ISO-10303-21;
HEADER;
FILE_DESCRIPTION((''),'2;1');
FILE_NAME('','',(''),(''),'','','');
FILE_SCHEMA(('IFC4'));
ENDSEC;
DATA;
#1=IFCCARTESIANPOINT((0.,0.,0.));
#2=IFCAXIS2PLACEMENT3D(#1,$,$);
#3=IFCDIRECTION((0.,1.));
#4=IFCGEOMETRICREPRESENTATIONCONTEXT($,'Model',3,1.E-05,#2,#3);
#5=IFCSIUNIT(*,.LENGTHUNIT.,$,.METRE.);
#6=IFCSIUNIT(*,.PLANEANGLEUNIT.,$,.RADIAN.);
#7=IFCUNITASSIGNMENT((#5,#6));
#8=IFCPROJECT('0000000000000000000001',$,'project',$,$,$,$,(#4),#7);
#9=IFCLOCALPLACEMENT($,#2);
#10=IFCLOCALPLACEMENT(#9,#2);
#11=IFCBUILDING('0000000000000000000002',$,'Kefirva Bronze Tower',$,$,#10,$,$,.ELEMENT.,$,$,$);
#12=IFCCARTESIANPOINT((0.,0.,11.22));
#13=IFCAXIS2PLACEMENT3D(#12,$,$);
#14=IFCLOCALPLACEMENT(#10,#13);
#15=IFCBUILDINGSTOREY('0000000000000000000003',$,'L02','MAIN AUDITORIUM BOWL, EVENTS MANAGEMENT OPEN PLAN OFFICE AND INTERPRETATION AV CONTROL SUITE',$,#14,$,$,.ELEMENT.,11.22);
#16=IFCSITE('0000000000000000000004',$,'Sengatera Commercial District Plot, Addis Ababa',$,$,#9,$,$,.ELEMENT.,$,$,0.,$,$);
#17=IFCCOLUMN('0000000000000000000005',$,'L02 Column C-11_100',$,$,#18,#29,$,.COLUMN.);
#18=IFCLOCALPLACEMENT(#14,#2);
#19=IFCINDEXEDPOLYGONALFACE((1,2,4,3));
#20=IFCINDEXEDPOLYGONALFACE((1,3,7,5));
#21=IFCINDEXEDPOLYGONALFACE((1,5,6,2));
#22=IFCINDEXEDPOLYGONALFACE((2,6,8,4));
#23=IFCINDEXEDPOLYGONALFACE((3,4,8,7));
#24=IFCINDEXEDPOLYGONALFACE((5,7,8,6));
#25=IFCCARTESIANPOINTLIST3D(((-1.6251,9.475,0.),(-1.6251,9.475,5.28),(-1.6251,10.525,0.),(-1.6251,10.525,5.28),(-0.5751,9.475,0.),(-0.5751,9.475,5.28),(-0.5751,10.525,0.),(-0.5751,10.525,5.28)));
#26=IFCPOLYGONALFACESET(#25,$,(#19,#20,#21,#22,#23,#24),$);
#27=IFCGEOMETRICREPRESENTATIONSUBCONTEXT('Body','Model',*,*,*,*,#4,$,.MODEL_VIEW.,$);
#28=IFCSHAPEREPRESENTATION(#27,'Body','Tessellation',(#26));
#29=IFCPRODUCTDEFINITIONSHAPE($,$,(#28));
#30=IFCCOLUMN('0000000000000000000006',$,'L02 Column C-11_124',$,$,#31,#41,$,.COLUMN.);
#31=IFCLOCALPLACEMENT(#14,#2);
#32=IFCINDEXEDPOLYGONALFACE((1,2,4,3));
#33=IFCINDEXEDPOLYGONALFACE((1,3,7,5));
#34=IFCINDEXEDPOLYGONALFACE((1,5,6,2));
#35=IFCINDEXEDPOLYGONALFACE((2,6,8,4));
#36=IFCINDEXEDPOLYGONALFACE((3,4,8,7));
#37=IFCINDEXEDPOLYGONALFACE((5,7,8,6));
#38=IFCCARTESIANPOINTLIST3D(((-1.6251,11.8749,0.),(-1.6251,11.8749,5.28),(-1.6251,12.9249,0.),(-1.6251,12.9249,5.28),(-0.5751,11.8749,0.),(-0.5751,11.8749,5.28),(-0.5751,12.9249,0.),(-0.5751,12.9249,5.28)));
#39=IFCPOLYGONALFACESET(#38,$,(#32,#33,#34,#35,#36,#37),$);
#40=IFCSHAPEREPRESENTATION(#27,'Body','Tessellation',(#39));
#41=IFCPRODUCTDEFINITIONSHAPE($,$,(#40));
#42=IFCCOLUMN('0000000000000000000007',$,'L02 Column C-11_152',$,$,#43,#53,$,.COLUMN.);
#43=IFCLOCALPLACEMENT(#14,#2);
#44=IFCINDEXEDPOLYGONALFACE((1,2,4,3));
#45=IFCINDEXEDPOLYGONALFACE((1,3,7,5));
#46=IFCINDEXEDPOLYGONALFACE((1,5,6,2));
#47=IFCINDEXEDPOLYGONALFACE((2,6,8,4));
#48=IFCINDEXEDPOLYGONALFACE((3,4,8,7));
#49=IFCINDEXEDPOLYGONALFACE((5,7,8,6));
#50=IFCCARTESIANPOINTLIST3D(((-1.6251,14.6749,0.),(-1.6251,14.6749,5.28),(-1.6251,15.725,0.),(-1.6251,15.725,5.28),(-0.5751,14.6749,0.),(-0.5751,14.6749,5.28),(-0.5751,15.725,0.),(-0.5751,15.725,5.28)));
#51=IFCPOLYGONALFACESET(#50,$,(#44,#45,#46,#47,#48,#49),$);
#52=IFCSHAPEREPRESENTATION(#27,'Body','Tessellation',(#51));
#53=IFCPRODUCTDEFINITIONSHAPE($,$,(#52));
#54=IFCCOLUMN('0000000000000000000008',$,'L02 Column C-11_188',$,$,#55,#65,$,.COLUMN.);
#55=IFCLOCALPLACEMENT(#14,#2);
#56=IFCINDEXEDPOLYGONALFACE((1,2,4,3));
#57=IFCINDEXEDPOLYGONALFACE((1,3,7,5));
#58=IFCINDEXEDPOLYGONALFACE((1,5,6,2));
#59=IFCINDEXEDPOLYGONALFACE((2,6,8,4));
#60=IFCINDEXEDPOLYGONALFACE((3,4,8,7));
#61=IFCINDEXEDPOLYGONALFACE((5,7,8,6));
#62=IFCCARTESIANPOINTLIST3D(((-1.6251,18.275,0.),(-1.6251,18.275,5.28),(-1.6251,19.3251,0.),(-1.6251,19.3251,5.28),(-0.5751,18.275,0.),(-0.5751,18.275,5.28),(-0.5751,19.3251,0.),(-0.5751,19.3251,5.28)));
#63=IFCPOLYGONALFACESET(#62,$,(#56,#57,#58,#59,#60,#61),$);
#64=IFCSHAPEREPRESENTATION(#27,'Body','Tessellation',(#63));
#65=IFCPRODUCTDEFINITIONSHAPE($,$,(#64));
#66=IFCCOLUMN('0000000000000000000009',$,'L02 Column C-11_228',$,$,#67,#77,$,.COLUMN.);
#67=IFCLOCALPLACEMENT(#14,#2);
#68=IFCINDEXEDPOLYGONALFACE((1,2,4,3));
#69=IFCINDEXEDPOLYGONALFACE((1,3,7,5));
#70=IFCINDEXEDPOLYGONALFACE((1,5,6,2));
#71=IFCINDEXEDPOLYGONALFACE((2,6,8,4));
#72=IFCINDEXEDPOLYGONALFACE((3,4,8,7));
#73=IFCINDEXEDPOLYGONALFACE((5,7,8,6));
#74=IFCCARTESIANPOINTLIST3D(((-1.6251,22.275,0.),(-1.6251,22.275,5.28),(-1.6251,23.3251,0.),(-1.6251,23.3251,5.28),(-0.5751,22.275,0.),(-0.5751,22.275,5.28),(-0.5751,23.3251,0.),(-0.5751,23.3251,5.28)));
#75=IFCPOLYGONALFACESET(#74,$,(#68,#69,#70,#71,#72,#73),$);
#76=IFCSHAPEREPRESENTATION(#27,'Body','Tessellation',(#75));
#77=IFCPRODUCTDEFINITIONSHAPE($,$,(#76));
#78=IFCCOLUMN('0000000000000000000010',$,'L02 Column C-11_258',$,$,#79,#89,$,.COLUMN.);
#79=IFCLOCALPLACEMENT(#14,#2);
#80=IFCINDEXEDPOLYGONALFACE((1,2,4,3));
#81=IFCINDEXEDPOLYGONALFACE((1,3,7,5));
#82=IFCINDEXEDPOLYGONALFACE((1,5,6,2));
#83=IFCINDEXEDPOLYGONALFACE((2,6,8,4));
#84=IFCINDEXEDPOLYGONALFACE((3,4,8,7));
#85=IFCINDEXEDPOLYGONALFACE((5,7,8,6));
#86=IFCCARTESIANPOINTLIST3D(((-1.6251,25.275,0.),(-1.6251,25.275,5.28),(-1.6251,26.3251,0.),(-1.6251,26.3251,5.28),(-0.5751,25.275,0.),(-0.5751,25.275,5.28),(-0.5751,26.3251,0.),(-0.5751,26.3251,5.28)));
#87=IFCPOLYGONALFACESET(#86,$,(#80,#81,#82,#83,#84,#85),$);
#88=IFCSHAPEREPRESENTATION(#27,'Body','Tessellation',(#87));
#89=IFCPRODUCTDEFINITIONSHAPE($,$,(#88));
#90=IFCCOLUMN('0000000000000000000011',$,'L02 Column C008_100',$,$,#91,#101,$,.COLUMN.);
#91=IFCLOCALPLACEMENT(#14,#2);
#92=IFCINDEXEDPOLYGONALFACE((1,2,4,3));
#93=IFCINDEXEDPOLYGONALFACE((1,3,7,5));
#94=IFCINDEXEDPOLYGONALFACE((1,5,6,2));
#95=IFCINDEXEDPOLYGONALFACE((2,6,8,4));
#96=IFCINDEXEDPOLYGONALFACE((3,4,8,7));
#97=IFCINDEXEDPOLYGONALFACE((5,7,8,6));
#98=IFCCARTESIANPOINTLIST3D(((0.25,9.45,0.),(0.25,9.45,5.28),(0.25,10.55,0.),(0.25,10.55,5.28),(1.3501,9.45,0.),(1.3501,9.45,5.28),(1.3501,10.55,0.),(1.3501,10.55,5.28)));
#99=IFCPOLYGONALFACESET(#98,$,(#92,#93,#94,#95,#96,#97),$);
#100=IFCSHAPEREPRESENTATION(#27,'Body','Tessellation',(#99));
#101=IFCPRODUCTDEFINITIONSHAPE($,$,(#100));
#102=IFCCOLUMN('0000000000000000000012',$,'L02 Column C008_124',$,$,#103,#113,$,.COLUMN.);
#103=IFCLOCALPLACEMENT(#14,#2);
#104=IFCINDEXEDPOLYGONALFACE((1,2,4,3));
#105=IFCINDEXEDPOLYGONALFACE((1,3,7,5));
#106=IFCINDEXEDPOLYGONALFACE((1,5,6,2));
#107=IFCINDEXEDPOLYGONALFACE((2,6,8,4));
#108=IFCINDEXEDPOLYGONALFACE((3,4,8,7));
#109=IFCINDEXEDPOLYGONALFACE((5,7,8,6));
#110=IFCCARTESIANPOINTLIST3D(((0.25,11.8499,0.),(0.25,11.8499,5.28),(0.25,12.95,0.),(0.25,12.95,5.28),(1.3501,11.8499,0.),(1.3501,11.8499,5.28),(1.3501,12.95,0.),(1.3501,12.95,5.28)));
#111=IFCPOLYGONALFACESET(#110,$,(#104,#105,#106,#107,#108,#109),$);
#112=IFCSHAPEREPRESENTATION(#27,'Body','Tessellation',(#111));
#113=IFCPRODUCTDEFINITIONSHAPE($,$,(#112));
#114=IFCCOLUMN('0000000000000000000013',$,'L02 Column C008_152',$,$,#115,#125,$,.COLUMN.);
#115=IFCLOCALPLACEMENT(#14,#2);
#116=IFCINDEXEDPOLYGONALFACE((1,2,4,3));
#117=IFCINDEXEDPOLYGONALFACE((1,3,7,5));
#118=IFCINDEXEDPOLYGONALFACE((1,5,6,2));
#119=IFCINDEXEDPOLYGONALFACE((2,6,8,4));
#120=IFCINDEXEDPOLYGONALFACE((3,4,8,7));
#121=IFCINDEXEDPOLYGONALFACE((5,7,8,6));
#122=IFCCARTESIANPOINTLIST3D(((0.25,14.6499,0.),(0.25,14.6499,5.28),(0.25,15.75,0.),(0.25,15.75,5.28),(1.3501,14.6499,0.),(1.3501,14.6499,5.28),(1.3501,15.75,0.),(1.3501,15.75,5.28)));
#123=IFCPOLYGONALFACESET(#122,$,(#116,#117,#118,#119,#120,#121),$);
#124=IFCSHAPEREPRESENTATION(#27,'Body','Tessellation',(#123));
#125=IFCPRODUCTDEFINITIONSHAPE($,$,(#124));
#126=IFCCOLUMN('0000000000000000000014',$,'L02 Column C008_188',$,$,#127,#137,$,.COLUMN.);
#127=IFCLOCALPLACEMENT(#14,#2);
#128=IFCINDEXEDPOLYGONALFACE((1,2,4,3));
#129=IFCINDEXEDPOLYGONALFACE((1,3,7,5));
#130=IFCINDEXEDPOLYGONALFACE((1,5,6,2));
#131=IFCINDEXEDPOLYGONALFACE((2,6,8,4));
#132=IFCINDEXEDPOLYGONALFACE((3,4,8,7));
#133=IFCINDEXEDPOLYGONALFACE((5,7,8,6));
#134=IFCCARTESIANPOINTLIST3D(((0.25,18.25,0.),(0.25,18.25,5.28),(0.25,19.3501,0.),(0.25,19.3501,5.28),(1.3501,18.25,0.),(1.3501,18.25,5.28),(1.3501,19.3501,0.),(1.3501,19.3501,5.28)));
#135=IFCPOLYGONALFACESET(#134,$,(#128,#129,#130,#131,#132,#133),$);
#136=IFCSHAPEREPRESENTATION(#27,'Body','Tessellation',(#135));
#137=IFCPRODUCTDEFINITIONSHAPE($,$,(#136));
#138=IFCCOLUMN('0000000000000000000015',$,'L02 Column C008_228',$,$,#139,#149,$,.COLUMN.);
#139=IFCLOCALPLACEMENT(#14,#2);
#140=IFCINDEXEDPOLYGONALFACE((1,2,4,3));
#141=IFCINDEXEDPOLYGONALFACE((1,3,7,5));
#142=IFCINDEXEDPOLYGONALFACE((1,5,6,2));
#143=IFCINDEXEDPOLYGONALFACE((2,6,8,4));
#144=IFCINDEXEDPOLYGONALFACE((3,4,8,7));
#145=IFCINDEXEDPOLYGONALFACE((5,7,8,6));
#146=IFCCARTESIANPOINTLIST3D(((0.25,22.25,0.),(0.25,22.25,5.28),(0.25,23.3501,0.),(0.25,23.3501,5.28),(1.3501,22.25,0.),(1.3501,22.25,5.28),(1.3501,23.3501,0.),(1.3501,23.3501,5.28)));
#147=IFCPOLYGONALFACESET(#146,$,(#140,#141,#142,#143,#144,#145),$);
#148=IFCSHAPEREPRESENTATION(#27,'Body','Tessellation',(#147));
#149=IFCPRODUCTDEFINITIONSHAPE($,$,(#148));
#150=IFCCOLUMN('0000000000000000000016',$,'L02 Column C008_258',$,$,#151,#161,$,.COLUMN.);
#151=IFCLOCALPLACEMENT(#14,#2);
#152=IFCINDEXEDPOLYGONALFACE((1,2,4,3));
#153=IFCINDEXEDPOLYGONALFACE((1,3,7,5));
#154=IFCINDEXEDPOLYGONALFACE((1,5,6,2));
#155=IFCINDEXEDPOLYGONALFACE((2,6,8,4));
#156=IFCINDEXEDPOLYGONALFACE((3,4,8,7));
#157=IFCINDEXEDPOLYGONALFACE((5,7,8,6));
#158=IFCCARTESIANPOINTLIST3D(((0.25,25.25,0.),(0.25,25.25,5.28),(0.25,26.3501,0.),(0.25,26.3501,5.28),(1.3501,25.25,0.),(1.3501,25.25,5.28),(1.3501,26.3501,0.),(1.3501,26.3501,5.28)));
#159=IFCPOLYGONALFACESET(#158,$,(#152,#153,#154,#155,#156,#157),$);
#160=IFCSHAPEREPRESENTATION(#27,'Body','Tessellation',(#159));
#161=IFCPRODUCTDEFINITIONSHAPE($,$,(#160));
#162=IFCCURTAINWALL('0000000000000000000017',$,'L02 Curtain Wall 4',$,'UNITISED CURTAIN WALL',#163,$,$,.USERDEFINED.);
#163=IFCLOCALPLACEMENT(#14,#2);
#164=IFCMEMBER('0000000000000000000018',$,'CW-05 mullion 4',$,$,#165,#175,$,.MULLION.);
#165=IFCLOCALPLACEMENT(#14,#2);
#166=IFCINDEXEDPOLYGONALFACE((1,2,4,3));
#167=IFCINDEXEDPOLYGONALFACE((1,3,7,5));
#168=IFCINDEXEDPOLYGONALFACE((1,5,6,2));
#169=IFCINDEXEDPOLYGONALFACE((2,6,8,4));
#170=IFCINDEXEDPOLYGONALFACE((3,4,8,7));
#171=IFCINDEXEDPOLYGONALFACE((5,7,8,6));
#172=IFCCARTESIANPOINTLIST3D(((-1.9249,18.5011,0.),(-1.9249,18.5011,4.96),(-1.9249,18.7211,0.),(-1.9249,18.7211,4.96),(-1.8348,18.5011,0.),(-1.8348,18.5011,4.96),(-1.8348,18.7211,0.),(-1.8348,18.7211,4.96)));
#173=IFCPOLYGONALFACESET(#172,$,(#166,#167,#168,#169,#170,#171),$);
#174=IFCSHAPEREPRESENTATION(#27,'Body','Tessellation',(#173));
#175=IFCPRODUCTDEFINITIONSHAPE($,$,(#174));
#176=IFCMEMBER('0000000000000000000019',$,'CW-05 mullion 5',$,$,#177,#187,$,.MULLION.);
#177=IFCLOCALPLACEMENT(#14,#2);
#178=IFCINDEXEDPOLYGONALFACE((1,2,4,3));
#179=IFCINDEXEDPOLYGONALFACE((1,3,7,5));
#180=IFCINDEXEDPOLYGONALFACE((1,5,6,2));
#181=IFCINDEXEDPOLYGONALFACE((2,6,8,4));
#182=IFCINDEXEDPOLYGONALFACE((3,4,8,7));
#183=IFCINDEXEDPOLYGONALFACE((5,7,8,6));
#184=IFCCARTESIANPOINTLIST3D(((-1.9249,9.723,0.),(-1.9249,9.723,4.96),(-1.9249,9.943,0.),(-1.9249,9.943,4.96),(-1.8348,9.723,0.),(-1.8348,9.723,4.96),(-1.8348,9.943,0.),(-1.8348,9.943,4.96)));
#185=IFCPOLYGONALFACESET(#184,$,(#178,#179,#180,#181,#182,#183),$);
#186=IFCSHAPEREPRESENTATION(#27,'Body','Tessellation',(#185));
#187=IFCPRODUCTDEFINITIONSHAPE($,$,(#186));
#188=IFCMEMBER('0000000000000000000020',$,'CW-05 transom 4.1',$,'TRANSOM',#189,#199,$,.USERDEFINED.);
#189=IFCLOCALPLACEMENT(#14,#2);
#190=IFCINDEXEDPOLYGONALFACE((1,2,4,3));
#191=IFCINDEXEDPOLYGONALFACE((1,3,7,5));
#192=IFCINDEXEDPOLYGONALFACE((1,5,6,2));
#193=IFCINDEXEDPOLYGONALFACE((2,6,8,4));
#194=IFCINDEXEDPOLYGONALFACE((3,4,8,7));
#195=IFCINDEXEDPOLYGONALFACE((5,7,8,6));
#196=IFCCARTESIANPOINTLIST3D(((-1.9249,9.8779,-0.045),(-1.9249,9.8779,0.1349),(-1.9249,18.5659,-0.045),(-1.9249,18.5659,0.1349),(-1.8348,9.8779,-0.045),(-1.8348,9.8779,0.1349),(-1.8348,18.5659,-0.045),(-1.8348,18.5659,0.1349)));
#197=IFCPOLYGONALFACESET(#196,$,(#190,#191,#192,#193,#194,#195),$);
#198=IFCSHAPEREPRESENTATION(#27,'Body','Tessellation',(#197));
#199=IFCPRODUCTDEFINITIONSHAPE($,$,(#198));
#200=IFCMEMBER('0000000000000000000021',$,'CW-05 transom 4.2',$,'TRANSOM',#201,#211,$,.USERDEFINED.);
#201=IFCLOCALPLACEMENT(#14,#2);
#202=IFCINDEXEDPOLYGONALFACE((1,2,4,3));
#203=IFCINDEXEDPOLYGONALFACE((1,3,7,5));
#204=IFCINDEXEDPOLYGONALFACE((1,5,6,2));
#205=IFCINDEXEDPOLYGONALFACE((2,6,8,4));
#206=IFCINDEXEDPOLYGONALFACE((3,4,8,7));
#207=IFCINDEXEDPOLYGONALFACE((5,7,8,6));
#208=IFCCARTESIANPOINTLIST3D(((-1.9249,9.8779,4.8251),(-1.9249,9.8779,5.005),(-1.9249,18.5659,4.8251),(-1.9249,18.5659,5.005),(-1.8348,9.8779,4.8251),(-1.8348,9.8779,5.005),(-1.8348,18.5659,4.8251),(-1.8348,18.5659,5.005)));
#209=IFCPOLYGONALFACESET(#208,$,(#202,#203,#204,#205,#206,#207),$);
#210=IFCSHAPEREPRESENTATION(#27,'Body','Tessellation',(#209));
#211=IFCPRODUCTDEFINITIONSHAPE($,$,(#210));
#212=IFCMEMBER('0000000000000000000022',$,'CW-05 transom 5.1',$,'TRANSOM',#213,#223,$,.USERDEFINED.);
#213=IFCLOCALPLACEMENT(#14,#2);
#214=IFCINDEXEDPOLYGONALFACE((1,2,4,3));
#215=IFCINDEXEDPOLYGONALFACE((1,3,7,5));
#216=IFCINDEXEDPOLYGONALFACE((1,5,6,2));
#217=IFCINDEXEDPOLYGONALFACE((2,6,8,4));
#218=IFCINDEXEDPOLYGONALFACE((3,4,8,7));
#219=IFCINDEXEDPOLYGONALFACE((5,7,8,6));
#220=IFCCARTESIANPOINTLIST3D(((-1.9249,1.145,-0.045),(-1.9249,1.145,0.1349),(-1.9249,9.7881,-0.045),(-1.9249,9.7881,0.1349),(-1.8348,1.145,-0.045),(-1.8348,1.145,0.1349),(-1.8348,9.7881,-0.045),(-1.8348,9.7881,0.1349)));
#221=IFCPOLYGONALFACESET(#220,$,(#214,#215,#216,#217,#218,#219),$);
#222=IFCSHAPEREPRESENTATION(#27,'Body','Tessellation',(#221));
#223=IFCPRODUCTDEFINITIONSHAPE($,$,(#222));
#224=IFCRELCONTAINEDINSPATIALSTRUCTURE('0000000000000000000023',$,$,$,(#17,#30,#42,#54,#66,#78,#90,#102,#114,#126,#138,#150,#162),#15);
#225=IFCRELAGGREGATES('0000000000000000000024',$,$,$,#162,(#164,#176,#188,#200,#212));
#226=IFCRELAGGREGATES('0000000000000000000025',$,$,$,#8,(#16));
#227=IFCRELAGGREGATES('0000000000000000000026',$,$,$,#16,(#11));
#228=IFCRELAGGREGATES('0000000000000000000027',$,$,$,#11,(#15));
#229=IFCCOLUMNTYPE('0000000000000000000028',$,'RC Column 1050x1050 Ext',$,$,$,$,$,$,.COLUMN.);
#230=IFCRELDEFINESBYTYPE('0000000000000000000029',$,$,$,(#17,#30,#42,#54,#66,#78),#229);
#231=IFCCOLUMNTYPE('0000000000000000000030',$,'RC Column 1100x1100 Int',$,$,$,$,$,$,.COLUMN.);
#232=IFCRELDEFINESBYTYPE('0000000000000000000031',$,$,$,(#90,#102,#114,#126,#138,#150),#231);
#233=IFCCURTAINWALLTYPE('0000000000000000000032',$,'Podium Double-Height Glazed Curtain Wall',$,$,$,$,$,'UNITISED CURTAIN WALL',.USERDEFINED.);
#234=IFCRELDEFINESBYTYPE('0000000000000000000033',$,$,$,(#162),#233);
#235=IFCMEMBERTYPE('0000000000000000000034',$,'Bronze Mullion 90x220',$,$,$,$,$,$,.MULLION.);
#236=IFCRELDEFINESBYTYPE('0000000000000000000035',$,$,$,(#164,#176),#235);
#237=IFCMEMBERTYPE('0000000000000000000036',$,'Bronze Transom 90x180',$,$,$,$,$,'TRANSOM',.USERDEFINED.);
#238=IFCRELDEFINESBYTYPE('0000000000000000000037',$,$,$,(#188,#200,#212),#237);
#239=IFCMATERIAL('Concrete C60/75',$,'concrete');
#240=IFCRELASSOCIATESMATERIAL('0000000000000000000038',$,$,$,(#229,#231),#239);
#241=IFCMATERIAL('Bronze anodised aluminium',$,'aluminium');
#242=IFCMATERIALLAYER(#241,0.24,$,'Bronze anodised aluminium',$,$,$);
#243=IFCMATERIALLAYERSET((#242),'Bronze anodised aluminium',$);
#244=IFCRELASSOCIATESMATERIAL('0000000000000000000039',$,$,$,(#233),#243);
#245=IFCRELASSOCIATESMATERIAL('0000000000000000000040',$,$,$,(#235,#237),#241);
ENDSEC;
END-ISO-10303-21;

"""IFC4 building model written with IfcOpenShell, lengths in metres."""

from ifc_helpers import new_model, si_unit, direction, frame, origin, origin_2d, place, context, subcontext, project, spatial, rectangle, extrude, material, layer, layer_set, material_profile, profile_set, type_object, element, aggregate, save


model = new_model("IFC4")

# Units and contexts
model_context = context("Model", 3, precision=1e-05, world=origin(), true_north=direction((0.0, 1.0)))
body_context = subcontext(model_context, "Body", "Model", "MODEL_VIEW")
ifc_project = project(units=[si_unit("LENGTHUNIT", "METRE"), si_unit("PLANEANGLEUNIT", "RADIAN")], contexts=[model_context])

# Site, building, storey
site_placement = place(None, origin())
site = spatial("IfcSite", under=ifc_project, at=site_placement, Name="Sengatera Commercial District Plot, Addis Ababa", CompositionType="ELEMENT", RefElevation=0.0)
building_placement = place(site_placement, origin())
building = spatial("IfcBuilding", under=site, at=building_placement, Name="Kefirva Bronze Tower", CompositionType="ELEMENT")
storey_placement = place(building_placement, frame((0.0, 0.0, 11.22)))
storey = spatial("IfcBuildingStorey", under=building, at=storey_placement, Name="L02", Description="MAIN AUDITORIUM BOWL, EVENTS MANAGEMENT OPEN PLAN OFFICE AND INTERPRETATION AV CONTROL SUITE", CompositionType="ELEMENT", Elevation=11.22)

# Columns
ifc_material_1 = material(Name="Concrete C60/75", Category="concrete")
ifc_material_profile_1 = material_profile(ifc_material_1, rectangle(XDim=1.05, YDim=1.05, at=origin_2d()), Name="RC 1050x1050")
ifc_profile_set_1 = profile_set([ifc_material_profile_1], Name="Concrete C60/75")
column_type_1 = type_object("IfcColumnType", Name="RC Column 1050x1050 Ext", PredefinedType="COLUMN", material=ifc_profile_set_1)
for number, where, z_axis, x_axis, name in (
    (1, (-1.1001, 10.0, 0.0), (0.0, 0.0, 1.0), (1.0, 0.0, 0.0), "L02 Column C-11_100"),
    (2, (-1.1001, 12.3999, 0.0), (0.0, 0.0, 1.0), (1.0, 0.0, 0.0), "L02 Column C-11_124"),
    (3, (-1.1001, 15.2, 0.0), (0.0, 0.0, 1.0), (1.0, 0.0, 0.0), "L02 Column C-11_152"),
    (4, (-1.1001, 18.8, 0.0), (0.0, 0.0, 1.0), (1.0, 0.0, 0.0), "L02 Column C-11_188"),
    (5, (-1.1001, 22.8, 0.0), (0.0, 0.0, 1.0), (1.0, 0.0, 0.0), "L02 Column C-11_228"),
    (6, (-1.1001, 25.8, 0.0), (0.0, 0.0, 1.0), (1.0, 0.0, 0.0), "L02 Column C-11_258"),
):
    element("IfcColumn", number, at=place(storey_placement, frame(where, z_axis=z_axis, x_axis=x_axis)), inside=storey, type_object=column_type_1, Name=name, PredefinedType="COLUMN", context=body_context, shape_type="SweptSolid", body=[
        extrude(rectangle(XDim=1.05, YDim=1.05, at=origin_2d()), origin(), (0.0, 0.0, 1.0), 5.28),
    ])
ifc_material_profile_2 = material_profile(ifc_material_1, rectangle(XDim=1.1001, YDim=1.1001, at=origin_2d()), Name="RC 1100x1100")
ifc_profile_set_2 = profile_set([ifc_material_profile_2], Name="Concrete C60/75")
column_type_2 = type_object("IfcColumnType", Name="RC Column 1100x1100 Int", PredefinedType="COLUMN", material=ifc_profile_set_2)
for number, where, z_axis, x_axis, name in (
    (7, (0.8, 10.0, 0.0), (0.0, 0.0, 1.0), (1.0, 0.0, 0.0), "L02 Column C008_100"),
    (8, (0.8, 12.3999, 0.0), (0.0, 0.0, 1.0), (1.0, 0.0, 0.0), "L02 Column C008_124"),
    (9, (0.8, 15.2, 0.0), (0.0, 0.0, 1.0), (1.0, 0.0, 0.0), "L02 Column C008_152"),
    (10, (0.8, 18.8, 0.0), (0.0, 0.0, 1.0), (1.0, 0.0, 0.0), "L02 Column C008_188"),
    (11, (0.8, 22.8, 0.0), (0.0, 0.0, 1.0), (1.0, 0.0, 0.0), "L02 Column C008_228"),
    (12, (0.8, 25.8, 0.0), (0.0, 0.0, 1.0), (1.0, 0.0, 0.0), "L02 Column C008_258"),
):
    element("IfcColumn", number, at=place(storey_placement, frame(where, z_axis=z_axis, x_axis=x_axis)), inside=storey, type_object=column_type_2, Name=name, PredefinedType="COLUMN", context=body_context, shape_type="SweptSolid", body=[
        extrude(rectangle(XDim=1.1001, YDim=1.1001, at=origin_2d()), origin(), (0.0, 0.0, 1.0), 5.28),
    ])

# Curtain wall, members
ifc_material_2 = material(Name="Bronze anodised aluminium", Category="aluminium")
ifc_layer_1 = layer(ifc_material_2, 0.24, Name="Bronze anodised aluminium")
ifc_layer_set_1 = layer_set([ifc_layer_1], Name="Bronze anodised aluminium")
curtain_wall_type = type_object("IfcCurtainWallType", Name="Podium Double-Height Glazed Curtain Wall", ElementType="UNITISED CURTAIN WALL", PredefinedType="USERDEFINED", material=ifc_layer_set_1)
curtain_wall_placement = place(storey_placement, origin())
curtain_wall = element("IfcCurtainWall", 13, at=curtain_wall_placement, inside=storey, type_object=curtain_wall_type, Name="L02 Curtain Wall 4", ObjectType="UNITISED CURTAIN WALL", PredefinedType="USERDEFINED")
ifc_material_profile_3 = material_profile(ifc_material_2, rectangle(XDim=0.0901, YDim=0.22, at=origin_2d()), Name="ALU 90x220")
ifc_profile_set_3 = profile_set([ifc_material_profile_3], Name="Bronze anodised aluminium")
member_type_1 = type_object("IfcMemberType", Name="Bronze Mullion 90x220", PredefinedType="MULLION", material=ifc_profile_set_3)
member_1_placement = place(storey_placement, frame((-1.8799, 18.6111, 0.0), z_axis=(0.0, 0.0, 1.0), x_axis=(1.0, 0.0, 0.0)))
member_1 = element("IfcMember", 14, at=member_1_placement, type_object=member_type_1, Name="CW-05 mullion 4", PredefinedType="MULLION", context=body_context, shape_type="SweptSolid", body=[
    extrude(rectangle(XDim=0.0901, YDim=0.22, at=origin_2d()), origin(), (0.0, 0.0, 1.0), 4.96),
])
member_2_placement = place(storey_placement, frame((-1.8799, 9.833, 0.0), z_axis=(0.0, 0.0, 1.0), x_axis=(1.0, 0.0, 0.0)))
member_2 = element("IfcMember", 15, at=member_2_placement, type_object=member_type_1, Name="CW-05 mullion 5", PredefinedType="MULLION", context=body_context, shape_type="SweptSolid", body=[
    extrude(rectangle(XDim=0.0901, YDim=0.22, at=origin_2d()), origin(), (0.0, 0.0, 1.0), 4.96),
])
ifc_material_profile_4 = material_profile(ifc_material_2, rectangle(XDim=0.0901, YDim=0.1799, at=origin_2d()), Name="ALU 90x180")
ifc_profile_set_4 = profile_set([ifc_material_profile_4], Name="Bronze anodised aluminium")
member_type_2 = type_object("IfcMemberType", Name="Bronze Transom 90x180", ElementType="TRANSOM", PredefinedType="USERDEFINED", material=ifc_profile_set_4)
member_3_placement = place(storey_placement, frame((-1.8799, 18.5659, 0.0449), z_axis=(0.0, -1.0, 0.0), x_axis=(1.0, 0.0, 0.0)))
member_3 = element("IfcMember", 16, at=member_3_placement, type_object=member_type_2, Name="CW-05 transom 4.1", ObjectType="TRANSOM", PredefinedType="USERDEFINED", context=body_context, shape_type="SweptSolid", body=[
    extrude(rectangle(XDim=0.0901, YDim=0.1799, at=origin_2d()), origin(), (0.0, 0.0, 1.0), 8.688),
])
member_4_placement = place(storey_placement, frame((-1.8799, 18.5659, 4.915), z_axis=(0.0, -1.0, 0.0), x_axis=(1.0, 0.0, 0.0)))
member_4 = element("IfcMember", 17, at=member_4_placement, type_object=member_type_2, Name="CW-05 transom 4.2", ObjectType="TRANSOM", PredefinedType="USERDEFINED", context=body_context, shape_type="SweptSolid", body=[
    extrude(rectangle(XDim=0.0901, YDim=0.1799, at=origin_2d()), origin(), (0.0, 0.0, 1.0), 8.688),
])
member_5_placement = place(storey_placement, frame((-1.8799, 9.7881, 0.0449), z_axis=(0.0, -1.0, 0.0), x_axis=(1.0, 0.0, 0.0)))
member_5 = element("IfcMember", 18, at=member_5_placement, type_object=member_type_2, Name="CW-05 transom 5.1", ObjectType="TRANSOM", PredefinedType="USERDEFINED", context=body_context, shape_type="SweptSolid", body=[
    extrude(rectangle(XDim=0.0901, YDim=0.1799, at=origin_2d()), origin(), (0.0, 0.0, 1.0), 8.6431),
])

aggregate(curtain_wall, [member_1, member_2, member_3, member_4, member_5])

save(model, "model.ifc")
